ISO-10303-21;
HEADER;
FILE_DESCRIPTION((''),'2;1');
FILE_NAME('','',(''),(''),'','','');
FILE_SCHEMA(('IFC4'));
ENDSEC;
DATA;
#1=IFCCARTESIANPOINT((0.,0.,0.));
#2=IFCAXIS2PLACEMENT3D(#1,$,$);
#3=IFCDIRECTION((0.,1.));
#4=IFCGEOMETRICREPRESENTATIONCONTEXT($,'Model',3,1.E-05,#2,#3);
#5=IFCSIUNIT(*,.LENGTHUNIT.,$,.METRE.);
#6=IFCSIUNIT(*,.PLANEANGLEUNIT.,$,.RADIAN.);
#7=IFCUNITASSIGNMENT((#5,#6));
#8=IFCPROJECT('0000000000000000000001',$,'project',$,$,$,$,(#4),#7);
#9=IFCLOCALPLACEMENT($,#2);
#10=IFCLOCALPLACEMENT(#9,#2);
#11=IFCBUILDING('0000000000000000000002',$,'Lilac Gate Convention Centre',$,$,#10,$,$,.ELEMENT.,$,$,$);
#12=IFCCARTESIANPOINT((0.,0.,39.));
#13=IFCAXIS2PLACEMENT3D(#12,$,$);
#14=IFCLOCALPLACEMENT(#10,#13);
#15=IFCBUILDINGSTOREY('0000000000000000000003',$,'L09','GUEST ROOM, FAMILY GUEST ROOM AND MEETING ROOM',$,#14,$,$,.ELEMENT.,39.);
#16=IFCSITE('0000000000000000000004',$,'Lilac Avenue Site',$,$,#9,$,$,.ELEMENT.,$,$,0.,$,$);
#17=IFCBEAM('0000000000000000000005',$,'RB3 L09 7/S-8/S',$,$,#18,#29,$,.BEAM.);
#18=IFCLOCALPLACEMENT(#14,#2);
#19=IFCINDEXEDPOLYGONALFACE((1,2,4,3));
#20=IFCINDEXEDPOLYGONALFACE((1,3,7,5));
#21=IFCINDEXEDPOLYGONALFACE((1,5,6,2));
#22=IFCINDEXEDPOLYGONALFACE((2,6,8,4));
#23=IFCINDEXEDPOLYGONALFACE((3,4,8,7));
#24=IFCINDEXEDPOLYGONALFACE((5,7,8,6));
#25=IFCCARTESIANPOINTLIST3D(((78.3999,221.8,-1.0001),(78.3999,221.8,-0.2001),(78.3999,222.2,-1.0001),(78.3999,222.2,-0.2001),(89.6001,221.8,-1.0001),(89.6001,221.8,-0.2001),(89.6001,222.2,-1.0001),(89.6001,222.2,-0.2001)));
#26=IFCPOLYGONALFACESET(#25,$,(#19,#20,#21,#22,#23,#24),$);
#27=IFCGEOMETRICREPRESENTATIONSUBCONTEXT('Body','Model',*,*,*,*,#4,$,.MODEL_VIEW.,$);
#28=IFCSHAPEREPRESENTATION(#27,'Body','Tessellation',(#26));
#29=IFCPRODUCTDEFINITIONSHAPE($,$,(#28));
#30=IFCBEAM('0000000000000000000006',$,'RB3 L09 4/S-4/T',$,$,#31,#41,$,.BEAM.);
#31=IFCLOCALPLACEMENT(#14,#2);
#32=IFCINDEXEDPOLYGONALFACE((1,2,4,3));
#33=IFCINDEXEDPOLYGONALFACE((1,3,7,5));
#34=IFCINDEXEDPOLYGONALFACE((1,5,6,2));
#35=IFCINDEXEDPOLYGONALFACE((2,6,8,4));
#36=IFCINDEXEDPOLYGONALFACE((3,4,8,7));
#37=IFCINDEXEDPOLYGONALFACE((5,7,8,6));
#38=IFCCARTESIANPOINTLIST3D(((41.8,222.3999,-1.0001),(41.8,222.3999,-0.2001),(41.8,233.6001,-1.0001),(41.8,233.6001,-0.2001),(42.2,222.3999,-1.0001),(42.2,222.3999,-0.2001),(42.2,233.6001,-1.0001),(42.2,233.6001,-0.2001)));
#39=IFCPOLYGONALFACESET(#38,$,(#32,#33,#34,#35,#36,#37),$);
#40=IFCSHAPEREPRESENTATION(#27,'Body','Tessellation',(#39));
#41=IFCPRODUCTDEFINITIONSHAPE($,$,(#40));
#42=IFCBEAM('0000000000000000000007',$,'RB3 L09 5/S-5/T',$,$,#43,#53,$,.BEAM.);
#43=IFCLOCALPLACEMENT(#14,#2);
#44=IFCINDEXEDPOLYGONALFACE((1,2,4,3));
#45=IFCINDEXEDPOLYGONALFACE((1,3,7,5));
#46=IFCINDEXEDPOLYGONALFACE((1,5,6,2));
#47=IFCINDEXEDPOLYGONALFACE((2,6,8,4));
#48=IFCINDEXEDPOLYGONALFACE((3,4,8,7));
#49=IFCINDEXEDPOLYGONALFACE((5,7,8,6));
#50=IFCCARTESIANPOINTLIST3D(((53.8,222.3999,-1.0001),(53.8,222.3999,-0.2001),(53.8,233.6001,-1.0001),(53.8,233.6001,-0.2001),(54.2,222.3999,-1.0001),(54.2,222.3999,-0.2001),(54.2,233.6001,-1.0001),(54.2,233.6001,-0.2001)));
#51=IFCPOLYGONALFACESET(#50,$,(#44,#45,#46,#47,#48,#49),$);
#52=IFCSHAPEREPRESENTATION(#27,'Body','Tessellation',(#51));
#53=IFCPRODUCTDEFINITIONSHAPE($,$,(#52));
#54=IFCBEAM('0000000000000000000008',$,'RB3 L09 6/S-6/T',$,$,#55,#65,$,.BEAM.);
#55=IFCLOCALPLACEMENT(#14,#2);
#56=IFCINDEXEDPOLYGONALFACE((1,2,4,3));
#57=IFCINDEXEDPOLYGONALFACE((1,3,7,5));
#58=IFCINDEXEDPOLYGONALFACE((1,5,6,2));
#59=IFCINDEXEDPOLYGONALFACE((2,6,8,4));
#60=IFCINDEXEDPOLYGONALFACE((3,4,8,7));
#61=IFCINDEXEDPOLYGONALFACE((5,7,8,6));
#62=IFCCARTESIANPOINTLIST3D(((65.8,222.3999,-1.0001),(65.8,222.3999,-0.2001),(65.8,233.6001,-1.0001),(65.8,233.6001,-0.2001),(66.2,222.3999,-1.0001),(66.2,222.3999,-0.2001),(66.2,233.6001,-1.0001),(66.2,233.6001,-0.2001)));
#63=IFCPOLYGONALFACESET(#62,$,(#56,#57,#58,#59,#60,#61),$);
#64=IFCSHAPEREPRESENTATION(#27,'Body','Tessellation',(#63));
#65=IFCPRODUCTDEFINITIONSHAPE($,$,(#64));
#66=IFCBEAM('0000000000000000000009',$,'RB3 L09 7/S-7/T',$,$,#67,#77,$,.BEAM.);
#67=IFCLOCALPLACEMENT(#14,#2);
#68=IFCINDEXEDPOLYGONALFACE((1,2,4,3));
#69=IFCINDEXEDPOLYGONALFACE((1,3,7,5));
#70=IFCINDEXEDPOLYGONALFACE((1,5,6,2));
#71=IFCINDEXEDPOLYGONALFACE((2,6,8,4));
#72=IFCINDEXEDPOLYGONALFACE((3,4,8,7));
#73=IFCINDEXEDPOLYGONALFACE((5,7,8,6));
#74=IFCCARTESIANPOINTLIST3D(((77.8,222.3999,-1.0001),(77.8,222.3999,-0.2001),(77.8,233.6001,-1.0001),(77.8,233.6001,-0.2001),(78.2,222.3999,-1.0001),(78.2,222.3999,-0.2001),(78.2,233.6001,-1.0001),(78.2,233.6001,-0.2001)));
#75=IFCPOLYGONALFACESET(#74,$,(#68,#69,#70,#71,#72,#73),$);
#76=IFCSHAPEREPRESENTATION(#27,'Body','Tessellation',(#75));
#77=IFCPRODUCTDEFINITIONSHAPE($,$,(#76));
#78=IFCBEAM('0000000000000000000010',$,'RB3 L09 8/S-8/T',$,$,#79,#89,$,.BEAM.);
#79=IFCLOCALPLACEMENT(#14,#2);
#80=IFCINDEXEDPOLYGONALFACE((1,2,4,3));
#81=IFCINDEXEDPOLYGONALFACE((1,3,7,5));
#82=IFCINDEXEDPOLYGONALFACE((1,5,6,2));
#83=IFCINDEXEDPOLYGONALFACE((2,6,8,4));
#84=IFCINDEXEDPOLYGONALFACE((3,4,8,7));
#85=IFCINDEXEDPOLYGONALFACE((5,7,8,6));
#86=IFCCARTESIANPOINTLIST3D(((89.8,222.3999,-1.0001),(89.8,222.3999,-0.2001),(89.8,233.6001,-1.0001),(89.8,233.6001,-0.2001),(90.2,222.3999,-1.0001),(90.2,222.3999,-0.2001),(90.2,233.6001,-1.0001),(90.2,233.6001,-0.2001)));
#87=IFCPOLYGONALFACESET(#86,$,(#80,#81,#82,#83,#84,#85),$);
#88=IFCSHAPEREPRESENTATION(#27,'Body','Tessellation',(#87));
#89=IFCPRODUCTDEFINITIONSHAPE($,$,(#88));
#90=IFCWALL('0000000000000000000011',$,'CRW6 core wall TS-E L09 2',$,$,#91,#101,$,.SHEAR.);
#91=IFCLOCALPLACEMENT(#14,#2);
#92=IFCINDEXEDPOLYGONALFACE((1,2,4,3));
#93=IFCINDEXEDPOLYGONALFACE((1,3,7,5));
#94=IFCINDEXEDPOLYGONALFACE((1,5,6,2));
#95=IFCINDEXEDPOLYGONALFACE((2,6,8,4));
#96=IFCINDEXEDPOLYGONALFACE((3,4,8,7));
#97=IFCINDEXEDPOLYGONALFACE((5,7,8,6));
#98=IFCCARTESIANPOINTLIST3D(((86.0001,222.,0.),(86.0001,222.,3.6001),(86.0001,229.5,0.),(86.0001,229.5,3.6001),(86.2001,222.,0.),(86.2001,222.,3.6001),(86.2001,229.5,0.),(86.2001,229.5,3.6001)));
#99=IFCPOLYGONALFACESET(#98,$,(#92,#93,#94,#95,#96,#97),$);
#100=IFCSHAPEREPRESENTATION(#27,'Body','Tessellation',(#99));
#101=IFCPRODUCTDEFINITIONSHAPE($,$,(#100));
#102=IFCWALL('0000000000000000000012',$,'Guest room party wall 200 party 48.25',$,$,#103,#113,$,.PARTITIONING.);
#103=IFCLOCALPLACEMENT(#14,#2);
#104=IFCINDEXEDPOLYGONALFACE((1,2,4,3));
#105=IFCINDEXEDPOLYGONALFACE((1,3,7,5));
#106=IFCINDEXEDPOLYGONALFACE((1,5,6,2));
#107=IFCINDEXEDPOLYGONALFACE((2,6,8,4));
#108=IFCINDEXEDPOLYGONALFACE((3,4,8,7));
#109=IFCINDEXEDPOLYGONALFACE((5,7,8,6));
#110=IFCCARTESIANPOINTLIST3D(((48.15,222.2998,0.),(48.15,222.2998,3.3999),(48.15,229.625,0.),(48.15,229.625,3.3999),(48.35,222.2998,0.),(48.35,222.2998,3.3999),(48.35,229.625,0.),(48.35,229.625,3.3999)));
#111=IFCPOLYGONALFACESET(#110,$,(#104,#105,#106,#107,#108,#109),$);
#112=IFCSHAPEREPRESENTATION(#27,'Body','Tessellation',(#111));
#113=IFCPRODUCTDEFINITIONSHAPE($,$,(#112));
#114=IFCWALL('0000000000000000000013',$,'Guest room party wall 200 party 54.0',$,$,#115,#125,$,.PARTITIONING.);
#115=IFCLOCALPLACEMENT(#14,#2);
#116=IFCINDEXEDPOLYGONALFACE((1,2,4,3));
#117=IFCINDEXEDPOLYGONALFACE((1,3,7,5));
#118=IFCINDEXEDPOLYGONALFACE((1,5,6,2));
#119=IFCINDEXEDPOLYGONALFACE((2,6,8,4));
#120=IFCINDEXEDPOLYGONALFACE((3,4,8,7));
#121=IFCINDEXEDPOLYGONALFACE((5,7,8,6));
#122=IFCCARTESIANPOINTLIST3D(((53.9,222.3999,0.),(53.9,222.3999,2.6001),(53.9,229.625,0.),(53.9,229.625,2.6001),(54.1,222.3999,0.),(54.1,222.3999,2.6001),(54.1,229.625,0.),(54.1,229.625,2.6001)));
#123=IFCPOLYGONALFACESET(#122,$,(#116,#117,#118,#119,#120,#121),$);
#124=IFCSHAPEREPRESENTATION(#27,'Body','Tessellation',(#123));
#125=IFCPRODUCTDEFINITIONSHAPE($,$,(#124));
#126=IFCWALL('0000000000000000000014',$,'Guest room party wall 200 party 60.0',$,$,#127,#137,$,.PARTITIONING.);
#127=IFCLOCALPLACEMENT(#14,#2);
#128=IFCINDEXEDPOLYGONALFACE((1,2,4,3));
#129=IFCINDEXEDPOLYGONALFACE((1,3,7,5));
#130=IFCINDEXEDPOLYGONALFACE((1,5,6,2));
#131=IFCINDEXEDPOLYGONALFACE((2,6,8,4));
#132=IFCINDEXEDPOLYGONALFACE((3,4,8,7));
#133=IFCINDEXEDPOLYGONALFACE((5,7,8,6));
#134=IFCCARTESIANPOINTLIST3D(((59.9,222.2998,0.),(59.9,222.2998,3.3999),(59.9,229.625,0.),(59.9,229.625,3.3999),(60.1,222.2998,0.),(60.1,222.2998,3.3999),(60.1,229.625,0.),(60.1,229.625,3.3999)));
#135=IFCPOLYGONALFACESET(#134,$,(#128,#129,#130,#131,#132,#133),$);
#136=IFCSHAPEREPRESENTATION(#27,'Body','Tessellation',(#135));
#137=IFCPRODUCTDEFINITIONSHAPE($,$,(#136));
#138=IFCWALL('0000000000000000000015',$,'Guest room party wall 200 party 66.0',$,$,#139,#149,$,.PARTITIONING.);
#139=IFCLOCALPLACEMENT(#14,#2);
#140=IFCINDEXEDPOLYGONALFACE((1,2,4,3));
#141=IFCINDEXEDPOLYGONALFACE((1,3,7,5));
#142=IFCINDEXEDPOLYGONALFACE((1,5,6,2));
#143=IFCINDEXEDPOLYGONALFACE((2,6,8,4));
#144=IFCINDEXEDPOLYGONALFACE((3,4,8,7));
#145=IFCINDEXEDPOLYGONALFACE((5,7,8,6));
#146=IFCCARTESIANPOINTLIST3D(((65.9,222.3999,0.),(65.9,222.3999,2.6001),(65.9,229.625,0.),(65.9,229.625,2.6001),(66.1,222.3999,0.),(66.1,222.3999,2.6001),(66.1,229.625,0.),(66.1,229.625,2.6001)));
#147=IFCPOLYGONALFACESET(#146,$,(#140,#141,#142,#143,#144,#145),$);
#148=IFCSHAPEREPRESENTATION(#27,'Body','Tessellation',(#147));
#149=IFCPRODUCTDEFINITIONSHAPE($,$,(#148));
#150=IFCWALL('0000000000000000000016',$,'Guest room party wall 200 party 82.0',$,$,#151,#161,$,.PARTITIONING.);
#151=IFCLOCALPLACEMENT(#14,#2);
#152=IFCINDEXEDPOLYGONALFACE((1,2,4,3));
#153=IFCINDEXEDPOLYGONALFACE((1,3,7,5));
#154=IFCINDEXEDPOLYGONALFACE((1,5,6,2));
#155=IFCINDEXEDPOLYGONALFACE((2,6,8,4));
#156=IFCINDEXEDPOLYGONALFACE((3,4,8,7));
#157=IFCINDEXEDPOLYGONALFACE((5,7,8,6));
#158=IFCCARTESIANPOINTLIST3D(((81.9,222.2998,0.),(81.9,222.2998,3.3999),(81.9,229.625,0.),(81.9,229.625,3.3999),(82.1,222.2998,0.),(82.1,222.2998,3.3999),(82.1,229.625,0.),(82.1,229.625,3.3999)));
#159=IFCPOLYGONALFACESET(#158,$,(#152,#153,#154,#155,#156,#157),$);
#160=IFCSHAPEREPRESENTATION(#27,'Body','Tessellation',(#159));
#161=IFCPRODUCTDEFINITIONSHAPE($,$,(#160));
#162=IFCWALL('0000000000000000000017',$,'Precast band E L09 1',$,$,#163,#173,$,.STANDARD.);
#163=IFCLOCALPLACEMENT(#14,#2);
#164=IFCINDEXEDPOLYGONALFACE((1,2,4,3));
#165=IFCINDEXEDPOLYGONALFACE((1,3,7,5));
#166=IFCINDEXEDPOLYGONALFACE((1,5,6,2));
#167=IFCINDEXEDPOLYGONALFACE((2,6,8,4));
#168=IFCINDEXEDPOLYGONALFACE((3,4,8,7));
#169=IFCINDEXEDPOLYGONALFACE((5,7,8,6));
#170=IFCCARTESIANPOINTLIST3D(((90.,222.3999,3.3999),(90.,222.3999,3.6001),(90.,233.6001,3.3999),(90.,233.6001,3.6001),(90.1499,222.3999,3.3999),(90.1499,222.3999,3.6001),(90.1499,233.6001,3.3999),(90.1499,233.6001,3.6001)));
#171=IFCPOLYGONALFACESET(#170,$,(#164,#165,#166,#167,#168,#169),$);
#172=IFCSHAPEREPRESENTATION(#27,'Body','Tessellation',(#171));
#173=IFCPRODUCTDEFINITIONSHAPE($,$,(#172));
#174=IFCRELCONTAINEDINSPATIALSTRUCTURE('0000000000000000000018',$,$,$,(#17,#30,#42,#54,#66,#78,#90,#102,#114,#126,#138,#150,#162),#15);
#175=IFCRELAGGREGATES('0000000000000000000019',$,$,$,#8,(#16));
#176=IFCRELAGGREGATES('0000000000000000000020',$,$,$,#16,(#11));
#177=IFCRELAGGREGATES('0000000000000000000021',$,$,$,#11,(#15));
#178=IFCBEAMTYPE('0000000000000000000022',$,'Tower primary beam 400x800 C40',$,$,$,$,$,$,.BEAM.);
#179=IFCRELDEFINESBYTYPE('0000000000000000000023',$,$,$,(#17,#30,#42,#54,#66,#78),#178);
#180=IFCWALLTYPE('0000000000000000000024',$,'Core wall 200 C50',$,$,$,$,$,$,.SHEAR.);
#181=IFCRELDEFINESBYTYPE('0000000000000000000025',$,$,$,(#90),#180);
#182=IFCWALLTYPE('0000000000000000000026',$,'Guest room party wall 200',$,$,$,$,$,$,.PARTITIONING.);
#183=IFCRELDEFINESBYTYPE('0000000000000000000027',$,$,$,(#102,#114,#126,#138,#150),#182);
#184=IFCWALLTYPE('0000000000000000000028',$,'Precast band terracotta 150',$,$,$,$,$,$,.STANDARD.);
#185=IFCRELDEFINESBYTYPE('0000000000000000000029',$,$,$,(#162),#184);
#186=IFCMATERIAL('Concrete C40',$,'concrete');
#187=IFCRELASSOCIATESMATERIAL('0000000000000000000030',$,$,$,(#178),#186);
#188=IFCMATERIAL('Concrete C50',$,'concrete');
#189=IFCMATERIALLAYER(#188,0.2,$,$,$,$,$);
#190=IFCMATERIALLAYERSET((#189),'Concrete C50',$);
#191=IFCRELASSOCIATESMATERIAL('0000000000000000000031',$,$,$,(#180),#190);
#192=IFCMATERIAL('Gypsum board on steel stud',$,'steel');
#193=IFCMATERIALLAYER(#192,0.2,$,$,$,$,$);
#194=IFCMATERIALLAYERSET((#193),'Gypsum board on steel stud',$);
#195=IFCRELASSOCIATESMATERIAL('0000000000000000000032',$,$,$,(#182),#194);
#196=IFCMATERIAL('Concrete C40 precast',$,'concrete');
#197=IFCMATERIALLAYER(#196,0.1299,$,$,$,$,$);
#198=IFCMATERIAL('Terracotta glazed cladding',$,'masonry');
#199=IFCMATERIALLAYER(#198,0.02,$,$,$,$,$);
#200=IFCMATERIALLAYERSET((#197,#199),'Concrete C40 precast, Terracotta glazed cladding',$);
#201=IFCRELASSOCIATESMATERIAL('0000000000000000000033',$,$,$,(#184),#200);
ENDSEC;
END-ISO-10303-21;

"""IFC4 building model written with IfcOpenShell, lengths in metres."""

from ifc_helpers import new_model, si_unit, direction, frame, frame_2d, origin, origin_2d, place, context, subcontext, project, spatial, rectangle, extrude, material, layer, layer_set, material_profile, profile_set, type_object, element, save


model = new_model("IFC4")

# Units and contexts
model_context = context("Model", 3, precision=1e-05, world=origin(), true_north=direction((0.0, 1.0)))
body_context = subcontext(model_context, "Body", "Model", "MODEL_VIEW")
ifc_project = project(units=[si_unit("LENGTHUNIT", "METRE"), si_unit("PLANEANGLEUNIT", "RADIAN")], contexts=[model_context])

# Site, building, storey
site_placement = place(None, origin())
site = spatial("IfcSite", under=ifc_project, at=site_placement, Name="Lilac Avenue Site", CompositionType="ELEMENT", RefElevation=0.0)
building_placement = place(site_placement, origin())
building = spatial("IfcBuilding", under=site, at=building_placement, Name="Lilac Gate Convention Centre", CompositionType="ELEMENT")
storey_placement = place(building_placement, frame((0.0, 0.0, 39.0)))
storey = spatial("IfcBuildingStorey", under=building, at=storey_placement, Name="L09", Description="GUEST ROOM, FAMILY GUEST ROOM AND MEETING ROOM", CompositionType="ELEMENT", Elevation=39.0)

# Beams
ifc_material_1 = material(Name="Concrete C40", Category="concrete")
ifc_material_profile = material_profile(ifc_material_1, rectangle(XDim=0.3999, YDim=0.8, at=origin_2d()), Name="RC 400x800")
ifc_profile_set = profile_set([ifc_material_profile], Name="Concrete C40")
beam_type = type_object("IfcBeamType", Name="Tower primary beam 400x800 C40", PredefinedType="BEAM", material=ifc_profile_set)
for number, where, z_axis, x_axis, name in (
    (1, (78.3999, 222.0, -0.6001), (1.0, 0.0, 0.0), (0.0, 1.0, 0.0), "RB3 L09 7/S-8/S"),
    (2, (42.0, 222.3999, -0.6001), (0.0, 1.0, 0.0), (-1.0, 0.0, 0.0), "RB3 L09 4/S-4/T"),
    (3, (54.0, 222.3999, -0.6001), (0.0, 1.0, 0.0), (-1.0, 0.0, 0.0), "RB3 L09 5/S-5/T"),
    (4, (66.0, 222.3999, -0.6001), (0.0, 1.0, 0.0), (-1.0, 0.0, 0.0), "RB3 L09 6/S-6/T"),
    (5, (78.0, 222.3999, -0.6001), (0.0, 1.0, 0.0), (-1.0, 0.0, 0.0), "RB3 L09 7/S-7/T"),
    (6, (90.0, 222.3999, -0.6001), (0.0, 1.0, 0.0), (-1.0, 0.0, 0.0), "RB3 L09 8/S-8/T"),
):
    element("IfcBeam", number, at=place(storey_placement, frame(where, z_axis=z_axis, x_axis=x_axis)), inside=storey, type_object=beam_type, Name=name, PredefinedType="BEAM", context=body_context, shape_type="SweptSolid", body=[
        extrude(rectangle(XDim=0.3999, YDim=0.8, at=origin_2d()), origin(), (0.0, 0.0, 1.0), 11.2002),
    ])

# Walls
ifc_material_2 = material(Name="Concrete C50", Category="concrete")
ifc_layer_1 = layer(ifc_material_2, 0.2)
ifc_layer_set_1 = layer_set([ifc_layer_1], Name="Concrete C50")
wall_type_1 = type_object("IfcWallType", Name="Core wall 200 C50", PredefinedType="SHEAR", material=ifc_layer_set_1)
wall_1_placement = place(storey_placement, frame((86.1001, 222.0, 0.0), z_axis=(0.0, 0.0, 1.0), x_axis=(0.0, 1.0, 0.0)))
element("IfcWall", 7, at=wall_1_placement, inside=storey, type_object=wall_type_1, Name="CRW6 core wall TS-E L09 2", PredefinedType="SHEAR", context=body_context, shape_type="SweptSolid", body=[
    extrude(rectangle(XDim=7.5, YDim=0.2, at=frame_2d((3.75, 0.0))), origin(), (0.0, 0.0, 1.0), 3.6001),
])
ifc_material_3 = material(Name="Gypsum board on steel stud", Category="steel")
ifc_layer_2 = layer(ifc_material_3, 0.2)
ifc_layer_set_2 = layer_set([ifc_layer_2], Name="Gypsum board on steel stud")
wall_type_2 = type_object("IfcWallType", Name="Guest room party wall 200", PredefinedType="PARTITIONING", material=ifc_layer_set_2)
wall_2_placement = place(storey_placement, frame((48.25, 222.2998, 0.0), z_axis=(0.0, 0.0, 1.0), x_axis=(0.0, 1.0, 0.0)))
element("IfcWall", 8, at=wall_2_placement, inside=storey, type_object=wall_type_2, Name="Guest room party wall 200 party 48.25", PredefinedType="PARTITIONING", context=body_context, shape_type="SweptSolid", body=[
    extrude(rectangle(XDim=7.3252, YDim=0.2, at=frame_2d((3.6626, 0.0))), origin(), (0.0, 0.0, 1.0), 3.3999),
])
wall_3_placement = place(storey_placement, frame((54.0, 222.3999, 0.0), z_axis=(0.0, 0.0, 1.0), x_axis=(0.0, 1.0, 0.0)))
element("IfcWall", 9, at=wall_3_placement, inside=storey, type_object=wall_type_2, Name="Guest room party wall 200 party 54.0", PredefinedType="PARTITIONING", context=body_context, shape_type="SweptSolid", body=[
    extrude(rectangle(XDim=7.2251, YDim=0.2, at=frame_2d((3.6125, 0.0))), origin(), (0.0, 0.0, 1.0), 2.6001),
])
wall_4_placement = place(storey_placement, frame((60.0, 222.2998, 0.0), z_axis=(0.0, 0.0, 1.0), x_axis=(0.0, 1.0, 0.0)))
element("IfcWall", 10, at=wall_4_placement, inside=storey, type_object=wall_type_2, Name="Guest room party wall 200 party 60.0", PredefinedType="PARTITIONING", context=body_context, shape_type="SweptSolid", body=[
    extrude(rectangle(XDim=7.3252, YDim=0.2, at=frame_2d((3.6626, 0.0))), origin(), (0.0, 0.0, 1.0), 3.3999),
])
wall_5_placement = place(storey_placement, frame((66.0, 222.3999, 0.0), z_axis=(0.0, 0.0, 1.0), x_axis=(0.0, 1.0, 0.0)))
element("IfcWall", 11, at=wall_5_placement, inside=storey, type_object=wall_type_2, Name="Guest room party wall 200 party 66.0", PredefinedType="PARTITIONING", context=body_context, shape_type="SweptSolid", body=[
    extrude(rectangle(XDim=7.2251, YDim=0.2, at=frame_2d((3.6125, 0.0))), origin(), (0.0, 0.0, 1.0), 2.6001),
])
wall_6_placement = place(storey_placement, frame((82.0, 222.2998, 0.0), z_axis=(0.0, 0.0, 1.0), x_axis=(0.0, 1.0, 0.0)))
element("IfcWall", 12, at=wall_6_placement, inside=storey, type_object=wall_type_2, Name="Guest room party wall 200 party 82.0", PredefinedType="PARTITIONING", context=body_context, shape_type="SweptSolid", body=[
    extrude(rectangle(XDim=7.3252, YDim=0.2, at=frame_2d((3.6626, 0.0))), origin(), (0.0, 0.0, 1.0), 3.3999),
])
ifc_material_4 = material(Name="Concrete C40 precast", Category="concrete")
ifc_layer_3 = layer(ifc_material_4, 0.1299)
ifc_material_5 = material(Name="Terracotta glazed cladding", Category="masonry")
ifc_layer_4 = layer(ifc_material_5, 0.02)
ifc_layer_set_3 = layer_set([ifc_layer_3, ifc_layer_4], Name="Concrete C40 precast, Terracotta glazed cladding")
wall_type_3 = type_object("IfcWallType", Name="Precast band terracotta 150", PredefinedType="STANDARD", material=ifc_layer_set_3)
wall_7_placement = place(storey_placement, frame((90.075, 222.3999, 3.3999), z_axis=(0.0, 0.0, 1.0), x_axis=(0.0, 1.0, 0.0)))
element("IfcWall", 13, at=wall_7_placement, inside=storey, type_object=wall_type_3, Name="Precast band E L09 1", PredefinedType="STANDARD", context=body_context, shape_type="SweptSolid", body=[
    extrude(rectangle(XDim=11.2002, YDim=0.1499, at=frame_2d((5.6001, 0.0))), origin(), (0.0, 0.0, 1.0), 0.2002),
])

save(model, "model.ifc")
